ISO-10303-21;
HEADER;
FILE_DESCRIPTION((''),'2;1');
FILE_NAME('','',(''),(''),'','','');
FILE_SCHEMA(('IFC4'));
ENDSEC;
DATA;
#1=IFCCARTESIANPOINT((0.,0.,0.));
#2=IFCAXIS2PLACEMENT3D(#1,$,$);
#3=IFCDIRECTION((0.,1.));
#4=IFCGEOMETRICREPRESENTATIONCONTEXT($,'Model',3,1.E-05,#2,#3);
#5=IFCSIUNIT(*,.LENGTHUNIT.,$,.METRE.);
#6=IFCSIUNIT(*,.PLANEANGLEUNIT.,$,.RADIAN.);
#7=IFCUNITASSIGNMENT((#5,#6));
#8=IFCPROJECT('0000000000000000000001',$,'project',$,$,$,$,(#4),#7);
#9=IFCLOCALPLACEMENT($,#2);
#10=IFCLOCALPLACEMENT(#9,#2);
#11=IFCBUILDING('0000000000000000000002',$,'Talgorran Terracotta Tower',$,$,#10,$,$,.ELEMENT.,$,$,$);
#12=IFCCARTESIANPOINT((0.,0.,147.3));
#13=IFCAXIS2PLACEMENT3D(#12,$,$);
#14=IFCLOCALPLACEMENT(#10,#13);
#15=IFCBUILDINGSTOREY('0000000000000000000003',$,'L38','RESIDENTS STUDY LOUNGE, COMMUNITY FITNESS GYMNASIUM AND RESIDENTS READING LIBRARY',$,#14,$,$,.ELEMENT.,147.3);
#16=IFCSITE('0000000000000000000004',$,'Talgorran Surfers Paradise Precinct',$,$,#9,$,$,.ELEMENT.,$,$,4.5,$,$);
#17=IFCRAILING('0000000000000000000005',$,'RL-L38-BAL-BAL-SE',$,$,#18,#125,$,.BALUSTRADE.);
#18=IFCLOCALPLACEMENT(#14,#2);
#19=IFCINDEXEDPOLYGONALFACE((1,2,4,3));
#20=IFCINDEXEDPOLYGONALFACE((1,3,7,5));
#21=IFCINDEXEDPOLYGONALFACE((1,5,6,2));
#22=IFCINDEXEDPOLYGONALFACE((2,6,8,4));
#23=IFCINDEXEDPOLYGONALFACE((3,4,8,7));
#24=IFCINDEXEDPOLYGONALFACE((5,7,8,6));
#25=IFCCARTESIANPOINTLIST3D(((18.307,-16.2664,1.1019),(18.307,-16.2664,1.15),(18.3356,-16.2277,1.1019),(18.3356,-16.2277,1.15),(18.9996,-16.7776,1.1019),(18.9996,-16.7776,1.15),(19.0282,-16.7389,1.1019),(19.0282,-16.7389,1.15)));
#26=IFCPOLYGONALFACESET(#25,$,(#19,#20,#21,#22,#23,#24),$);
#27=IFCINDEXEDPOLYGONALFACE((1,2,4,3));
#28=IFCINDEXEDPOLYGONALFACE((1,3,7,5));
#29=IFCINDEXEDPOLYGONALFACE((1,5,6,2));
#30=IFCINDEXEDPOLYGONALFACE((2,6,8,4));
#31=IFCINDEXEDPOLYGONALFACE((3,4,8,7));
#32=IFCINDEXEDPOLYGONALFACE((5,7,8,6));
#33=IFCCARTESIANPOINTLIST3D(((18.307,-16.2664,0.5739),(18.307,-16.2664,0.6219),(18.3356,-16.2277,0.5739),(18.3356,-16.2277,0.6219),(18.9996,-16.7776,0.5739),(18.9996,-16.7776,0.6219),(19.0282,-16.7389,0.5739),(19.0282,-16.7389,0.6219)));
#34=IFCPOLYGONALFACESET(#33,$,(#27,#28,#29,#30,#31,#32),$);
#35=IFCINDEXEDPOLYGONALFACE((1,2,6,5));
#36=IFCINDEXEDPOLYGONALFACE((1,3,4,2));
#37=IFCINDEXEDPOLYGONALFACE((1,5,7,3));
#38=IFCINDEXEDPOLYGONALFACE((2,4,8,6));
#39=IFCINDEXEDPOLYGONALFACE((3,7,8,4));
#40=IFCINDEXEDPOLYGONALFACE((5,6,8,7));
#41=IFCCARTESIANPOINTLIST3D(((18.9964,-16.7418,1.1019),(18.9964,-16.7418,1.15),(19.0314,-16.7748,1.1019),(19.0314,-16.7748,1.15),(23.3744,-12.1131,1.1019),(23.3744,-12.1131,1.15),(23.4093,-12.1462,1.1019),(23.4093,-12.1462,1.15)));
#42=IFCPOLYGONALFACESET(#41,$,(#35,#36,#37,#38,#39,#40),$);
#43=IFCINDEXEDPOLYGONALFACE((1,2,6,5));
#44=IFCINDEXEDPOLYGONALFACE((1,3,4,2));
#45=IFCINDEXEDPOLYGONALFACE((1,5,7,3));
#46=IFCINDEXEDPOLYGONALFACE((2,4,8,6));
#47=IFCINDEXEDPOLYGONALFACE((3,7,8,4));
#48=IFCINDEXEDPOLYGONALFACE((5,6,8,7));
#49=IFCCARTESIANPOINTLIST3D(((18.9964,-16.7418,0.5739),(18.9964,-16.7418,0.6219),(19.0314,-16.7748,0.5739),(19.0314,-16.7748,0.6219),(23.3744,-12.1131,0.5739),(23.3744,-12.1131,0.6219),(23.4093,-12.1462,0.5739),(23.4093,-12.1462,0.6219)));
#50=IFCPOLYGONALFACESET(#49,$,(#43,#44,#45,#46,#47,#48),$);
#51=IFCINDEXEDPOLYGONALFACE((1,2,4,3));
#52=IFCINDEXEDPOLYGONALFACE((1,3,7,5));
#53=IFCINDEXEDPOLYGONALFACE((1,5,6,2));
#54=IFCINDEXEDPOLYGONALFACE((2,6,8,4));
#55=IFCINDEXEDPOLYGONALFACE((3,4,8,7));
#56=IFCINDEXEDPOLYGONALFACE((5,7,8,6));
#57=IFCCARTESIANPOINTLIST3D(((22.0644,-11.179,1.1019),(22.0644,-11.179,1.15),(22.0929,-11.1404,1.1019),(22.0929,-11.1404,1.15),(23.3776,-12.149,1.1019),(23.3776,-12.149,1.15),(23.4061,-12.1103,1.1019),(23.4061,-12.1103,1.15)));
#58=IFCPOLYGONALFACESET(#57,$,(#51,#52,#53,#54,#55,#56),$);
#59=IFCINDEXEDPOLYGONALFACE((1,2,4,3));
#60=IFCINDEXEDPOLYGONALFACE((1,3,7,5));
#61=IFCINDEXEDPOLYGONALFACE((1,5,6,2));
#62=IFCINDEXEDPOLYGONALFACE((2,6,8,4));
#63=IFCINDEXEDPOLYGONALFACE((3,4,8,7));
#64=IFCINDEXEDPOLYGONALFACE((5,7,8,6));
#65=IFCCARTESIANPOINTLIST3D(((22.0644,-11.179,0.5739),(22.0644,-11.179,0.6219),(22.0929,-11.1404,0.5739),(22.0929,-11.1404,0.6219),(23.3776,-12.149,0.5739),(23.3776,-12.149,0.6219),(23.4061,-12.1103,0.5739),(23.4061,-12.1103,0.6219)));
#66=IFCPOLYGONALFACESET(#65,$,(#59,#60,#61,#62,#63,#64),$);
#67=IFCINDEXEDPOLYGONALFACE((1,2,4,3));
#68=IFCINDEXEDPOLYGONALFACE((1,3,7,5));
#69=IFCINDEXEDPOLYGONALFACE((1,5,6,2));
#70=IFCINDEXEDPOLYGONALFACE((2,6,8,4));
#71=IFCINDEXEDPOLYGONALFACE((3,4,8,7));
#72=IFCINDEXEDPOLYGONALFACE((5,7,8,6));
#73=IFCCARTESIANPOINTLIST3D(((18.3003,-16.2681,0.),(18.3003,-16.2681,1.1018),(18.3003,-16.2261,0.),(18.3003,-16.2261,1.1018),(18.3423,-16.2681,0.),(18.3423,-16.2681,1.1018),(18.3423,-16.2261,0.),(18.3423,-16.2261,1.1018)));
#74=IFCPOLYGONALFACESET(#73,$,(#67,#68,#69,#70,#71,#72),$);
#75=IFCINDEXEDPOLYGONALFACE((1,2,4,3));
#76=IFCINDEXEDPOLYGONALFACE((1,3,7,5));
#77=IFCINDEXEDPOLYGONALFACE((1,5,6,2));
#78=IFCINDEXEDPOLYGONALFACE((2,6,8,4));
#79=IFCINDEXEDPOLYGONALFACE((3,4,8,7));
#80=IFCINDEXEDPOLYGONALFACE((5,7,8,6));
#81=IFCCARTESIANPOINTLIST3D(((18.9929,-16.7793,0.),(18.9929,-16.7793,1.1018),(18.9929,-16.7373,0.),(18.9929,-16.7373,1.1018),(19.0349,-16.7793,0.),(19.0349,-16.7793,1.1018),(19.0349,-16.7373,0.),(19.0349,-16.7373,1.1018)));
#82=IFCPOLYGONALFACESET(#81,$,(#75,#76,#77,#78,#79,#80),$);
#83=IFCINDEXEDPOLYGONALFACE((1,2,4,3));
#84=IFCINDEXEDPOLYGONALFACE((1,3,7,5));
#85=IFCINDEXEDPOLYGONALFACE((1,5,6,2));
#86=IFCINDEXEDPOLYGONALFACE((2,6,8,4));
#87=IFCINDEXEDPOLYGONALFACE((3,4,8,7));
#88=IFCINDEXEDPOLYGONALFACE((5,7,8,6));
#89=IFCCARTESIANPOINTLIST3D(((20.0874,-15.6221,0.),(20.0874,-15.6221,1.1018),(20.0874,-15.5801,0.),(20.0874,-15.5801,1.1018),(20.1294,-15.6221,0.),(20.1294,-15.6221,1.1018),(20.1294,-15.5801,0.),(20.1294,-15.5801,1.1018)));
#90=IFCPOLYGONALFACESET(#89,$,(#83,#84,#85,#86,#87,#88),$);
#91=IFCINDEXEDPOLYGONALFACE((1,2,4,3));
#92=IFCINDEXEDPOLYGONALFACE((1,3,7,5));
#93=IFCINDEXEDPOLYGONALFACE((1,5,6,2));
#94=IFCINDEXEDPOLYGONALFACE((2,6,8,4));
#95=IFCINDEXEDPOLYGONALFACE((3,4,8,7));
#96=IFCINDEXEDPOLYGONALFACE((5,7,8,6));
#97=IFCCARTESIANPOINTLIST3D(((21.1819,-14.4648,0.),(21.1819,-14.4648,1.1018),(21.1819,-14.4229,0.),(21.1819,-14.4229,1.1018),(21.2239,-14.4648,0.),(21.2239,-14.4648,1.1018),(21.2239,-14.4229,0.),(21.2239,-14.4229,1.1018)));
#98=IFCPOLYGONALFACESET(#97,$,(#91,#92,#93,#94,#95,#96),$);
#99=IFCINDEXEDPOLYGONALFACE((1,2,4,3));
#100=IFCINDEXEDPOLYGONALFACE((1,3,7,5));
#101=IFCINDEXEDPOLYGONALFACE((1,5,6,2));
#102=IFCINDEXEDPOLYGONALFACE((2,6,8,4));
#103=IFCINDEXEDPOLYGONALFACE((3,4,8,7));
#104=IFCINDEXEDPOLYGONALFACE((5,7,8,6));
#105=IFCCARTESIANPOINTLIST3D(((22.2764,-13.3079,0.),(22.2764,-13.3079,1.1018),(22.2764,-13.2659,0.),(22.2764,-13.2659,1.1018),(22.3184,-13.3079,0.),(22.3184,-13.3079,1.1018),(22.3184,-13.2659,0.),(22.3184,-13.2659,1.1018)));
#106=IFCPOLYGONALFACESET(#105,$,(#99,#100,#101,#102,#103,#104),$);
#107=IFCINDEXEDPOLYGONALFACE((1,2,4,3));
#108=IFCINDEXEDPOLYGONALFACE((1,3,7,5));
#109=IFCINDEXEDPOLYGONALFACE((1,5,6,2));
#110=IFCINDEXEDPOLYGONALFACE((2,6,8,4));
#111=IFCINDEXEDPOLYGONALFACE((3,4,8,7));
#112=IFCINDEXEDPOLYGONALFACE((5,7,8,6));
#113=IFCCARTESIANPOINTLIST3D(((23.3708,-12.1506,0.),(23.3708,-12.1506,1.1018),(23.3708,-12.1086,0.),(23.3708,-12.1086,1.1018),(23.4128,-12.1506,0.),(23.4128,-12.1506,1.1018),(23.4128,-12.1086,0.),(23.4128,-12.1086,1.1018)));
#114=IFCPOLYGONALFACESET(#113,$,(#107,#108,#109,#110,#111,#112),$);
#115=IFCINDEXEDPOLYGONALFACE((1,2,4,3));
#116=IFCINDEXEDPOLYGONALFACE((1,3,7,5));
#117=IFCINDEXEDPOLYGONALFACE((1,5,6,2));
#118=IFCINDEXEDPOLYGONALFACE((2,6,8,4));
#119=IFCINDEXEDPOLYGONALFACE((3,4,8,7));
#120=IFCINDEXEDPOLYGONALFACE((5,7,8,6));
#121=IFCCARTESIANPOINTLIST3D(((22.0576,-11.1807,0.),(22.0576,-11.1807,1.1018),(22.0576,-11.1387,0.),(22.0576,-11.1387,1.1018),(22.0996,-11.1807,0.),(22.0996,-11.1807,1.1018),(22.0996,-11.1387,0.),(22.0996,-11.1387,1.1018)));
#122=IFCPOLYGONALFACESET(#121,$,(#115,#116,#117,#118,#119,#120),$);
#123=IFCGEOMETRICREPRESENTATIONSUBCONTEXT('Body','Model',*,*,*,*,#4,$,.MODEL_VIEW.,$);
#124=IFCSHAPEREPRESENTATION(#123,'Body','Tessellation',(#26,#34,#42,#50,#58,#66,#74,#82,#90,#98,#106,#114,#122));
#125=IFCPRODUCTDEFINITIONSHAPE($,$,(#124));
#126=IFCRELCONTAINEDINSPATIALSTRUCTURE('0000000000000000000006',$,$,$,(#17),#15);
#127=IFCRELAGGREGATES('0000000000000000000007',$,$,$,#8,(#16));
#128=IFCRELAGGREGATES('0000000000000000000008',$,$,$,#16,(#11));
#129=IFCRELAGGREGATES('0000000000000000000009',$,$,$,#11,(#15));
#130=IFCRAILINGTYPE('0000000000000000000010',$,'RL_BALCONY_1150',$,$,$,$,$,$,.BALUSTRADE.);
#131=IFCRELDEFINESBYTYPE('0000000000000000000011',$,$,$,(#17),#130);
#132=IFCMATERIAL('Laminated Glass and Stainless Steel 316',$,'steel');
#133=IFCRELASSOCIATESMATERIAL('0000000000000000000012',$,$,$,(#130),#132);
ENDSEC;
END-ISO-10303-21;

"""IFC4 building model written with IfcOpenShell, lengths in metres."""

from ifc_helpers import new_model, si_unit, direction, frame, origin, origin_2d, place, context, subcontext, project, spatial, rectangle, extrude, material, type_object, element, save


model = new_model("IFC4")

# Units and contexts
model_context = context("Model", 3, precision=1e-05, world=origin(), true_north=direction((0.0, 1.0)))
body_context = subcontext(model_context, "Body", "Model", "MODEL_VIEW")
ifc_project = project(units=[si_unit("LENGTHUNIT", "METRE"), si_unit("PLANEANGLEUNIT", "RADIAN")], contexts=[model_context])

# Site, building, storey
site_placement = place(None, origin())
site = spatial("IfcSite", under=ifc_project, at=site_placement, Name="Talgorran Surfers Paradise Precinct", CompositionType="ELEMENT", RefElevation=4.5)
building_placement = place(site_placement, origin())
building = spatial("IfcBuilding", under=site, at=building_placement, Name="Talgorran Terracotta Tower", CompositionType="ELEMENT")
storey_placement = place(building_placement, frame((0.0, 0.0, 147.3)))
storey = spatial("IfcBuildingStorey", under=building, at=storey_placement, Name="L38", Description="RESIDENTS STUDY LOUNGE, COMMUNITY FITNESS GYMNASIUM AND RESIDENTS READING LIBRARY", CompositionType="ELEMENT", Elevation=147.3)

# Railing
ifc_material_1 = material(Name="Laminated Glass and Stainless Steel 316", Category="steel")
railing_type = type_object("IfcRailingType", Name="RL_BALCONY_1150", PredefinedType="BALUSTRADE", material=ifc_material_1)
railing_placement = place(storey_placement, frame((18.3213, -16.2471, 0.0)))
element("IfcRailing", 1, at=railing_placement, inside=storey, type_object=railing_type, Name="RL-L38-BAL-BAL-SE", PredefinedType="BALUSTRADE", context=body_context, shape_type="SweptSolid", body=[
    extrude(rectangle(XDim=0.0481, YDim=0.0481, at=origin_2d()), frame((0.0, 0.0, 1.126), z_axis=(0.804571, -0.593857, 0.0), x_axis=(0.593857, 0.804571, 0.0)), (0.0, 0.0, 1.0), 0.8608),
    extrude(rectangle(XDim=0.0481, YDim=0.0481, at=origin_2d()), frame((0.0, 0.0, 0.5979), z_axis=(0.804571, -0.593857, 0.0), x_axis=(0.593857, 0.804571, 0.0)), (0.0, 0.0, 1.0), 0.8608),
    extrude(rectangle(XDim=0.0481, YDim=0.0481, at=origin_2d()), frame((0.6926, -0.5112, 1.126), z_axis=(0.687156, 0.72651, 0.0), x_axis=(-0.72651, 0.687156, 0.0)), (0.0, 0.0, 1.0), 6.3711),
    extrude(rectangle(XDim=0.0481, YDim=0.0481, at=origin_2d()), frame((0.6926, -0.5112, 0.5979), z_axis=(0.687156, 0.72651, 0.0), x_axis=(-0.72651, 0.687156, 0.0)), (0.0, 0.0, 1.0), 6.3711),
    extrude(rectangle(XDim=0.0481, YDim=0.0481, at=origin_2d()), frame((5.0706, 4.1174, 1.126), z_axis=(-0.804375, 0.594122, 0.0), x_axis=(-0.594122, -0.804375, 0.0)), (0.0, 0.0, 1.0), 1.6326),
    extrude(rectangle(XDim=0.0481, YDim=0.0481, at=origin_2d()), frame((5.0706, 4.1174, 0.5979), z_axis=(-0.804375, 0.594122, 0.0), x_axis=(-0.594122, -0.804375, 0.0)), (0.0, 0.0, 1.0), 1.6326),
    extrude(rectangle(XDim=0.042, YDim=0.042, at=origin_2d()), origin(), (0.0, 0.0, 1.0), 1.1018),
    extrude(rectangle(XDim=0.042, YDim=0.042, at=origin_2d()), frame((0.6926, -0.5112, 0.0)), (0.0, 0.0, 1.0), 1.1018),
    extrude(rectangle(XDim=0.042, YDim=0.042, at=origin_2d()), frame((1.7871, 0.646, 0.0)), (0.0, 0.0, 1.0), 1.1018),
    extrude(rectangle(XDim=0.042, YDim=0.042, at=origin_2d()), frame((2.8816, 1.8032, 0.0)), (0.0, 0.0, 1.0), 1.1018),
    extrude(rectangle(XDim=0.042, YDim=0.042, at=origin_2d()), frame((3.9761, 2.9602, 0.0)), (0.0, 0.0, 1.0), 1.1018),
    extrude(rectangle(XDim=0.042, YDim=0.042, at=origin_2d()), frame((5.0706, 4.1174, 0.0)), (0.0, 0.0, 1.0), 1.1018),
    extrude(rectangle(XDim=0.042, YDim=0.042, at=origin_2d()), frame((3.7573, 5.0874, 0.0)), (0.0, 0.0, 1.0), 1.1018),
])

save(model, "model.ifc")
